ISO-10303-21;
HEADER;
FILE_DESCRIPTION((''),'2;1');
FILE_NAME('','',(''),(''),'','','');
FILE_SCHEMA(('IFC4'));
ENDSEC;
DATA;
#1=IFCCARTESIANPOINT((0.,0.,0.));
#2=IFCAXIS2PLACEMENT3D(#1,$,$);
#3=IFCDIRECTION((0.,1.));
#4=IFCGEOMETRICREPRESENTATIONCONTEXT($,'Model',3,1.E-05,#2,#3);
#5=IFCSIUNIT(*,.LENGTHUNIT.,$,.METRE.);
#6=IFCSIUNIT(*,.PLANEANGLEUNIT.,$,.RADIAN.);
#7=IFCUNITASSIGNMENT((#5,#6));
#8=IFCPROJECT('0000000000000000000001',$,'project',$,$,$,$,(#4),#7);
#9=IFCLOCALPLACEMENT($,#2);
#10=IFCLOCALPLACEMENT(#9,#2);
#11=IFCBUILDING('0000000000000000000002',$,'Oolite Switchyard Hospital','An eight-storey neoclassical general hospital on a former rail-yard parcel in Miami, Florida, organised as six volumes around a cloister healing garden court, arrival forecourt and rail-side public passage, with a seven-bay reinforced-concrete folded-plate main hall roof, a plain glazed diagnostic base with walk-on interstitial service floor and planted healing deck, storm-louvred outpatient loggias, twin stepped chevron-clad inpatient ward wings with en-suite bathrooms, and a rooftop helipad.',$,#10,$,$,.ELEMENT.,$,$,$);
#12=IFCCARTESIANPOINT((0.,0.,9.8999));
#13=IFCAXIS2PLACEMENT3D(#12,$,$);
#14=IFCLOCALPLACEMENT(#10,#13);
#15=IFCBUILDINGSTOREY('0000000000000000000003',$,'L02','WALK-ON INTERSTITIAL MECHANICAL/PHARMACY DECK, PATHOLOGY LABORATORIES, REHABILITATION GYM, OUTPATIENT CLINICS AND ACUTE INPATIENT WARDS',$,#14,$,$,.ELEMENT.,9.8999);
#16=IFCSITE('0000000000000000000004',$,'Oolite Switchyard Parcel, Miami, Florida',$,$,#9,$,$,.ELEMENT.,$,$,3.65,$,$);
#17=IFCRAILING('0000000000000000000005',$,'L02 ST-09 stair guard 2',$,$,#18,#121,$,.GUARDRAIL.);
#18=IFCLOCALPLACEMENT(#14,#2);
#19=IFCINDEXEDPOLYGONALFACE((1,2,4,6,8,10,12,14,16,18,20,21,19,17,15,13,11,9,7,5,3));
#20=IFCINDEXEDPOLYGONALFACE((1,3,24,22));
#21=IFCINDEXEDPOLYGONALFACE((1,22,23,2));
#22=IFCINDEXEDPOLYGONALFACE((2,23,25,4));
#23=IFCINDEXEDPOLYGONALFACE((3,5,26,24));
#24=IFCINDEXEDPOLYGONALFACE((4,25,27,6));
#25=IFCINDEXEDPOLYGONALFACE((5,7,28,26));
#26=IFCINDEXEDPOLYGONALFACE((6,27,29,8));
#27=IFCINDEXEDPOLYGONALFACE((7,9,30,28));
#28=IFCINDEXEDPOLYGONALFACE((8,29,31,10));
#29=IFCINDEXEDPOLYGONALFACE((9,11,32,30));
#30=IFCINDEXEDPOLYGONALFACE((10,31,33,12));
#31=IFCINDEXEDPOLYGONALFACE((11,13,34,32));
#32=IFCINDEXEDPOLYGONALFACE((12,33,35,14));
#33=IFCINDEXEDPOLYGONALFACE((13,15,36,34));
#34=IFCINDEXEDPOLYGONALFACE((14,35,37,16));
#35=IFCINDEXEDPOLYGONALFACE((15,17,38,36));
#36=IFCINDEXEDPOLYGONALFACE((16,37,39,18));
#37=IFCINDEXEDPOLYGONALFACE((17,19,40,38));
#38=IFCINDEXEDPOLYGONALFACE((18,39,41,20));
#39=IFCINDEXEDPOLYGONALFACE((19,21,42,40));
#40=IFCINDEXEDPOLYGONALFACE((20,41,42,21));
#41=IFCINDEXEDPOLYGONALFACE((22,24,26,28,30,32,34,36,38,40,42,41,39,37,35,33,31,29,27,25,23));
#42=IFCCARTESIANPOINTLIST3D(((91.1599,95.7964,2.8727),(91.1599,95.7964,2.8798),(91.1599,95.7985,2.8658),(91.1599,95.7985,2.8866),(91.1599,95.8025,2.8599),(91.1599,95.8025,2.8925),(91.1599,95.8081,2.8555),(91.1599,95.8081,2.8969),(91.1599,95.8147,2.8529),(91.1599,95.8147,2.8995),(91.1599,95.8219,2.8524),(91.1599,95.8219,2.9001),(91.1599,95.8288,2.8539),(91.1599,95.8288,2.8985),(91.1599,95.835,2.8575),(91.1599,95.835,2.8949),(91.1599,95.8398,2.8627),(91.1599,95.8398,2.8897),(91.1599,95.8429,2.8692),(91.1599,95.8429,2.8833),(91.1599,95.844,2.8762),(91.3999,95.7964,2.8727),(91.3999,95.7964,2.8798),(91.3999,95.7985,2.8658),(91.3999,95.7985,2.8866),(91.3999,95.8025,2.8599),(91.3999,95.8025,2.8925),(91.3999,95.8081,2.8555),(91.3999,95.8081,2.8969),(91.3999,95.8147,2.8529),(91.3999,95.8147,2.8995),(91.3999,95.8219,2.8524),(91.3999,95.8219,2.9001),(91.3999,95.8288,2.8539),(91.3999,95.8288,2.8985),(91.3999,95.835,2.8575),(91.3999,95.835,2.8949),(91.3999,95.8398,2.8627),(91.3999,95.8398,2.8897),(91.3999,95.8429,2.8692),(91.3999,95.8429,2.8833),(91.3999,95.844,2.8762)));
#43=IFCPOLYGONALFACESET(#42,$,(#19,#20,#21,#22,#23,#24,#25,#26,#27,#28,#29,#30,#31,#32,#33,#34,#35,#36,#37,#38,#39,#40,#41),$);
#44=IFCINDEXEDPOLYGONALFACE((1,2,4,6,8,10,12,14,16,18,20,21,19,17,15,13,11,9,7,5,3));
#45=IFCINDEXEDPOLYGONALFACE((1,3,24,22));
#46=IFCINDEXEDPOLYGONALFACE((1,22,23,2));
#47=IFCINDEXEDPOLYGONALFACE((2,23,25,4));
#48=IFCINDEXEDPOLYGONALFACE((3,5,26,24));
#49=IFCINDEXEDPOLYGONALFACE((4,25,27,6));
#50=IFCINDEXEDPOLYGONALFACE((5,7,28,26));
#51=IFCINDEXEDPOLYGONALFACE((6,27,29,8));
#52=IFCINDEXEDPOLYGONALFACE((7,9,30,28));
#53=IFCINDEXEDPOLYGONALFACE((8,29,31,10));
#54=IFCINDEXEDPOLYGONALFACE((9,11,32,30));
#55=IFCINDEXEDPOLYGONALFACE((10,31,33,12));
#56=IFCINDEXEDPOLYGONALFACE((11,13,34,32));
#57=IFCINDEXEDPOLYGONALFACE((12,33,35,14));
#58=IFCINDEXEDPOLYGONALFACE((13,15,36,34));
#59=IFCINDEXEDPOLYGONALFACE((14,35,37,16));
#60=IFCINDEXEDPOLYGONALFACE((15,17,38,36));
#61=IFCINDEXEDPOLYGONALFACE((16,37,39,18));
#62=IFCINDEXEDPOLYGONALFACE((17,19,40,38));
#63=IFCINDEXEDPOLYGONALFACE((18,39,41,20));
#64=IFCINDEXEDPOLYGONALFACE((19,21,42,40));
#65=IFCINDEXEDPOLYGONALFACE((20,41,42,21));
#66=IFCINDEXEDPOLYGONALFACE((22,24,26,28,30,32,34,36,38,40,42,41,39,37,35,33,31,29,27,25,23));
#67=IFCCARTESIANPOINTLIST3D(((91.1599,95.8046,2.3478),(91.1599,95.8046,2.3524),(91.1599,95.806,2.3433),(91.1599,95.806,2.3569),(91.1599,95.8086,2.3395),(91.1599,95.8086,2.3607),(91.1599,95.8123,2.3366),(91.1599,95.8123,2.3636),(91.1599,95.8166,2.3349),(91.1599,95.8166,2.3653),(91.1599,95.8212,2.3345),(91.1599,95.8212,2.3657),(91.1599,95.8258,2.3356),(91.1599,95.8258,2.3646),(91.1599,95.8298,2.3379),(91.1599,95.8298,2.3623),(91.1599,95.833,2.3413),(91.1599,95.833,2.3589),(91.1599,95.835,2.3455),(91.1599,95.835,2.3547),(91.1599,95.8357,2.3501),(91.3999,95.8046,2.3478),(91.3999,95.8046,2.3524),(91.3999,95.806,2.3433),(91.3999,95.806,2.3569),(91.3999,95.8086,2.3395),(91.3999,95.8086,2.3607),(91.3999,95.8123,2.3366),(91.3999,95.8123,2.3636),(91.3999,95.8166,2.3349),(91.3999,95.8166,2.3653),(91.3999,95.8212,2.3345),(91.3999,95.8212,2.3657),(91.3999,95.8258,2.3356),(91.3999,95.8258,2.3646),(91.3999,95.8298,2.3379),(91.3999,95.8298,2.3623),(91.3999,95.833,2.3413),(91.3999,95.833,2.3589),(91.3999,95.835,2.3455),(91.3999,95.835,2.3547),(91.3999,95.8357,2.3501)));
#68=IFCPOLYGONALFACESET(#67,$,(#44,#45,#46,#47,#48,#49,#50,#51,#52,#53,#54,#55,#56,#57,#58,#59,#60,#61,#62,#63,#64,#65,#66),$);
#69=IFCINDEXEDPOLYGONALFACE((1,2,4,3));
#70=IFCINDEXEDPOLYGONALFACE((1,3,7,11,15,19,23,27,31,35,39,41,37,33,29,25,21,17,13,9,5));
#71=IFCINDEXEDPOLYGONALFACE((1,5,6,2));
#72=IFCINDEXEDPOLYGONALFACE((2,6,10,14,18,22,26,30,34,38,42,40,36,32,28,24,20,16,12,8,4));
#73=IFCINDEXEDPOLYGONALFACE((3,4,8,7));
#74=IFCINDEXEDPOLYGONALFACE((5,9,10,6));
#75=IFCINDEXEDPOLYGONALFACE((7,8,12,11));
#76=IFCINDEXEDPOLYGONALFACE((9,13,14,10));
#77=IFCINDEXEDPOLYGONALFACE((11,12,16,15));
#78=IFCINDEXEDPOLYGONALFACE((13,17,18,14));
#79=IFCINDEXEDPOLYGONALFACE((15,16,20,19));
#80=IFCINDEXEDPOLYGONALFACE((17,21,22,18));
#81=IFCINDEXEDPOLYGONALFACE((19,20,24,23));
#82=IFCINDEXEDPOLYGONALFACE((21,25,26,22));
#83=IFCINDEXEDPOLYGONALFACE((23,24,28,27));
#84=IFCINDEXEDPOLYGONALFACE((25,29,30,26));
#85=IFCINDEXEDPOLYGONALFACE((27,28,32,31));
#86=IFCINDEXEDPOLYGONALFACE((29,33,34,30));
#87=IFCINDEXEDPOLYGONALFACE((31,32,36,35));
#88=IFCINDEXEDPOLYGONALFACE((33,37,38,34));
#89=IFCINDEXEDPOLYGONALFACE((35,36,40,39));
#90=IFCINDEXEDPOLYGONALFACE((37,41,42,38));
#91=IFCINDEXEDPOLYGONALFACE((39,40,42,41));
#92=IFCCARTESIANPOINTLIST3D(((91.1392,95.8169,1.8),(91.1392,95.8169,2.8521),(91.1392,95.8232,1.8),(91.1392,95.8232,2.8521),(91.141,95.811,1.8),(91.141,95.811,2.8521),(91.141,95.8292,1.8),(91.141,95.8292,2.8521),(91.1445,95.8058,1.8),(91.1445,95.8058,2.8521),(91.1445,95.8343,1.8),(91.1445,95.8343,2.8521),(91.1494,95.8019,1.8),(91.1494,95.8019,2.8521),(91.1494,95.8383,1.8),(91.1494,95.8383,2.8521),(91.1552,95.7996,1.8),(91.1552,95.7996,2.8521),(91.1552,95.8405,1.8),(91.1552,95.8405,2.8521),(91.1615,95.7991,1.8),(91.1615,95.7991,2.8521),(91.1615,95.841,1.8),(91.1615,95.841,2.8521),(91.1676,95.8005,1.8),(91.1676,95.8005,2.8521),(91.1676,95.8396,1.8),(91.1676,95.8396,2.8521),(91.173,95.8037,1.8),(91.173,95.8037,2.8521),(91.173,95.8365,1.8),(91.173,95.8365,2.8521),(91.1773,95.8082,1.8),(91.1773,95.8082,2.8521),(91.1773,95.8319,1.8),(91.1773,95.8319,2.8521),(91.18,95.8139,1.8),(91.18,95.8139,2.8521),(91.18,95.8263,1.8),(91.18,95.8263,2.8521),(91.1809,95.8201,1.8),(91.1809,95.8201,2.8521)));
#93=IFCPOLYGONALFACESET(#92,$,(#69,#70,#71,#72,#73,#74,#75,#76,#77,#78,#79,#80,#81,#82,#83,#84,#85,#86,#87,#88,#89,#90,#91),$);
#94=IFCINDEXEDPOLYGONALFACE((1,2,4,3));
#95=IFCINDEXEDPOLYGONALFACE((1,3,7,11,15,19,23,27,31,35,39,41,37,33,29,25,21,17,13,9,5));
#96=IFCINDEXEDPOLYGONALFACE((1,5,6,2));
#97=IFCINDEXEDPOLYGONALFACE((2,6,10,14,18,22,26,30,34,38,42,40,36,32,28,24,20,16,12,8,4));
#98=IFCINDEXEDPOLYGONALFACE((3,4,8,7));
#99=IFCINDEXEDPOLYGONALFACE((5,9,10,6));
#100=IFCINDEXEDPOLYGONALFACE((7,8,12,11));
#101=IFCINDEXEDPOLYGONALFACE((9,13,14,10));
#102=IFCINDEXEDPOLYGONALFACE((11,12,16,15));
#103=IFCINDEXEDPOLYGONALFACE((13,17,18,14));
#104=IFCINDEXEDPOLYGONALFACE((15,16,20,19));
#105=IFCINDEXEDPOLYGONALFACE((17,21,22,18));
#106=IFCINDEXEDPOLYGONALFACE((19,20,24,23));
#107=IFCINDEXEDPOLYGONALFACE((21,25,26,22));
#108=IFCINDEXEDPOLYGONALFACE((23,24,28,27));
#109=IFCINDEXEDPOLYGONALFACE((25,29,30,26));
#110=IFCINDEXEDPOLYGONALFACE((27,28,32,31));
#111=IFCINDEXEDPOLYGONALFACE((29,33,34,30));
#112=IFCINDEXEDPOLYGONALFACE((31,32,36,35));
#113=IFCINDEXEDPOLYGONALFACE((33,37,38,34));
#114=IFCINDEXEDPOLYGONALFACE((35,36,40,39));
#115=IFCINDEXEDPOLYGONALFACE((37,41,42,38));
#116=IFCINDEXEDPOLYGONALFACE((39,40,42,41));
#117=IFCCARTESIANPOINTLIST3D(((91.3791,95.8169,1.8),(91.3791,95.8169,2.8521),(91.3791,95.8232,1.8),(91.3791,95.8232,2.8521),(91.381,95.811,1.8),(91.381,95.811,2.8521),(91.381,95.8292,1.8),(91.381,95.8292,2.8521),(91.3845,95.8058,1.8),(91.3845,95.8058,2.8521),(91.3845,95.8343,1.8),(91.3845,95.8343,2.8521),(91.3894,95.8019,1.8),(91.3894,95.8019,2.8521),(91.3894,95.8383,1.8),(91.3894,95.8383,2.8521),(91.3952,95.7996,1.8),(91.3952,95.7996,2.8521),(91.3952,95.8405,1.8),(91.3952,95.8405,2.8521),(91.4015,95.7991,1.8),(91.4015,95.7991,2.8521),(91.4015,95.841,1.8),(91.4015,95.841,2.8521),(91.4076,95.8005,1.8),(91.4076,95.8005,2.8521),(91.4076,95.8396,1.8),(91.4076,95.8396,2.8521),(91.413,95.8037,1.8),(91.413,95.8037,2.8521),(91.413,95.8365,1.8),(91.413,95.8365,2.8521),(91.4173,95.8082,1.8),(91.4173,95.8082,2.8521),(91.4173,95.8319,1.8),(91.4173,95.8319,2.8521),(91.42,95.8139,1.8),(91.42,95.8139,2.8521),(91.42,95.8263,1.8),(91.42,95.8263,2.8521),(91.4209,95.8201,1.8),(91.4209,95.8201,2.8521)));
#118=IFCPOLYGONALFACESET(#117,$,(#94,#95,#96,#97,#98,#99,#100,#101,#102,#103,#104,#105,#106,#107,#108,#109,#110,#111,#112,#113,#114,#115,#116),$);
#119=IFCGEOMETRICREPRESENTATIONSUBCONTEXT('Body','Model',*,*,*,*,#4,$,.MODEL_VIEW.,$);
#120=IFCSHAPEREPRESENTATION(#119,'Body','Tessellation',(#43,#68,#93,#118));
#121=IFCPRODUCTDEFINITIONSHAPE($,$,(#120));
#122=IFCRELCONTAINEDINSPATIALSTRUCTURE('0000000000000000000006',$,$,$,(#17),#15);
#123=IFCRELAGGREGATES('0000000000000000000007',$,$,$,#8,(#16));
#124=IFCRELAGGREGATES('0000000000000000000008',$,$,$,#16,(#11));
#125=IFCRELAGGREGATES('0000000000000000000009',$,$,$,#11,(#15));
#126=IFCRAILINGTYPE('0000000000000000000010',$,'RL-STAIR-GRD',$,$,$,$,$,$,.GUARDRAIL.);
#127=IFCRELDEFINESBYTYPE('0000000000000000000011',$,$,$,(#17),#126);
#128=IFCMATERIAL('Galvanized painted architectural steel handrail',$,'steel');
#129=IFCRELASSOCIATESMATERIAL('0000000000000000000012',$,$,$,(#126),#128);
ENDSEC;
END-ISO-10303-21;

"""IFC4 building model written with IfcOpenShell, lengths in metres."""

from ifc_helpers import new_model, si_unit, direction, frame, origin, origin_2d, place, context, subcontext, project, spatial, circle, extrude, material, type_object, element, save


model = new_model("IFC4")

# Units and contexts
model_context = context("Model", 3, precision=1e-05, world=origin(), true_north=direction((0.0, 1.0)))
body_context = subcontext(model_context, "Body", "Model", "MODEL_VIEW")
ifc_project = project(units=[si_unit("LENGTHUNIT", "METRE"), si_unit("PLANEANGLEUNIT", "RADIAN")], contexts=[model_context])

# Site, building, storey
site_placement = place(None, origin())
site = spatial("IfcSite", under=ifc_project, at=site_placement, Name="Oolite Switchyard Parcel, Miami, Florida", CompositionType="ELEMENT", RefElevation=3.65)
building_placement = place(site_placement, origin())
building = spatial("IfcBuilding", under=site, at=building_placement, Name="Oolite Switchyard Hospital", Description="An eight-storey neoclassical general hospital on a former rail-yard parcel in Miami, Florida, organised as six volumes around a cloister healing garden court, arrival forecourt and rail-side public passage, with a seven-bay reinforced-concrete folded-plate main hall roof, a plain glazed diagnostic base with walk-on interstitial service floor and planted healing deck, storm-louvred outpatient loggias, twin stepped chevron-clad inpatient ward wings with en-suite bathrooms, and a rooftop helipad.", CompositionType="ELEMENT")
storey_placement = place(building_placement, frame((0.0, 0.0, 9.8999)))
storey = spatial("IfcBuildingStorey", under=building, at=storey_placement, Name="L02", Description="WALK-ON INTERSTITIAL MECHANICAL/PHARMACY DECK, PATHOLOGY LABORATORIES, REHABILITATION GYM, OUTPATIENT CLINICS AND ACUTE INPATIENT WARDS", CompositionType="ELEMENT", Elevation=9.8999)

# Railing
ifc_material_1 = material(Name="Galvanized painted architectural steel handrail", Category="steel")
railing_type_1 = type_object("IfcRailingType", Name="RL-STAIR-GRD", PredefinedType="GUARDRAIL", material=ifc_material_1)
railing_1_placement = place(storey_placement, frame((91.1599, 95.8201, 1.8)))
element("IfcRailing", 1, at=railing_1_placement, inside=storey, type_object=railing_type_1, Name="L02 ST-09 stair guard 2", PredefinedType="GUARDRAIL", context=body_context, shape_type="SweptSolid", body=[
    extrude(circle(Radius=0.0239, at=origin_2d()), frame((0.0, 0.0, 1.0762), z_axis=(1.0, 0.0, 0.0), x_axis=(0.0, 1.0, 0.0)), (0.0, 0.0, 1.0), 0.24),
    extrude(circle(Radius=0.0156, at=origin_2d()), frame((0.0, 0.0, 0.55), z_axis=(1.0, 0.0, 0.0), x_axis=(0.0, 1.0, 0.0)), (0.0, 0.0, 1.0), 0.24),
    extrude(circle(Radius=0.021, at=origin_2d()), origin(), (0.0, 0.0, 1.0), 1.052),
    extrude(circle(Radius=0.021, at=origin_2d()), frame((0.24, 0.0, 0.0)), (0.0, 0.0, 1.0), 1.052),
])

save(model, "model.ifc")
